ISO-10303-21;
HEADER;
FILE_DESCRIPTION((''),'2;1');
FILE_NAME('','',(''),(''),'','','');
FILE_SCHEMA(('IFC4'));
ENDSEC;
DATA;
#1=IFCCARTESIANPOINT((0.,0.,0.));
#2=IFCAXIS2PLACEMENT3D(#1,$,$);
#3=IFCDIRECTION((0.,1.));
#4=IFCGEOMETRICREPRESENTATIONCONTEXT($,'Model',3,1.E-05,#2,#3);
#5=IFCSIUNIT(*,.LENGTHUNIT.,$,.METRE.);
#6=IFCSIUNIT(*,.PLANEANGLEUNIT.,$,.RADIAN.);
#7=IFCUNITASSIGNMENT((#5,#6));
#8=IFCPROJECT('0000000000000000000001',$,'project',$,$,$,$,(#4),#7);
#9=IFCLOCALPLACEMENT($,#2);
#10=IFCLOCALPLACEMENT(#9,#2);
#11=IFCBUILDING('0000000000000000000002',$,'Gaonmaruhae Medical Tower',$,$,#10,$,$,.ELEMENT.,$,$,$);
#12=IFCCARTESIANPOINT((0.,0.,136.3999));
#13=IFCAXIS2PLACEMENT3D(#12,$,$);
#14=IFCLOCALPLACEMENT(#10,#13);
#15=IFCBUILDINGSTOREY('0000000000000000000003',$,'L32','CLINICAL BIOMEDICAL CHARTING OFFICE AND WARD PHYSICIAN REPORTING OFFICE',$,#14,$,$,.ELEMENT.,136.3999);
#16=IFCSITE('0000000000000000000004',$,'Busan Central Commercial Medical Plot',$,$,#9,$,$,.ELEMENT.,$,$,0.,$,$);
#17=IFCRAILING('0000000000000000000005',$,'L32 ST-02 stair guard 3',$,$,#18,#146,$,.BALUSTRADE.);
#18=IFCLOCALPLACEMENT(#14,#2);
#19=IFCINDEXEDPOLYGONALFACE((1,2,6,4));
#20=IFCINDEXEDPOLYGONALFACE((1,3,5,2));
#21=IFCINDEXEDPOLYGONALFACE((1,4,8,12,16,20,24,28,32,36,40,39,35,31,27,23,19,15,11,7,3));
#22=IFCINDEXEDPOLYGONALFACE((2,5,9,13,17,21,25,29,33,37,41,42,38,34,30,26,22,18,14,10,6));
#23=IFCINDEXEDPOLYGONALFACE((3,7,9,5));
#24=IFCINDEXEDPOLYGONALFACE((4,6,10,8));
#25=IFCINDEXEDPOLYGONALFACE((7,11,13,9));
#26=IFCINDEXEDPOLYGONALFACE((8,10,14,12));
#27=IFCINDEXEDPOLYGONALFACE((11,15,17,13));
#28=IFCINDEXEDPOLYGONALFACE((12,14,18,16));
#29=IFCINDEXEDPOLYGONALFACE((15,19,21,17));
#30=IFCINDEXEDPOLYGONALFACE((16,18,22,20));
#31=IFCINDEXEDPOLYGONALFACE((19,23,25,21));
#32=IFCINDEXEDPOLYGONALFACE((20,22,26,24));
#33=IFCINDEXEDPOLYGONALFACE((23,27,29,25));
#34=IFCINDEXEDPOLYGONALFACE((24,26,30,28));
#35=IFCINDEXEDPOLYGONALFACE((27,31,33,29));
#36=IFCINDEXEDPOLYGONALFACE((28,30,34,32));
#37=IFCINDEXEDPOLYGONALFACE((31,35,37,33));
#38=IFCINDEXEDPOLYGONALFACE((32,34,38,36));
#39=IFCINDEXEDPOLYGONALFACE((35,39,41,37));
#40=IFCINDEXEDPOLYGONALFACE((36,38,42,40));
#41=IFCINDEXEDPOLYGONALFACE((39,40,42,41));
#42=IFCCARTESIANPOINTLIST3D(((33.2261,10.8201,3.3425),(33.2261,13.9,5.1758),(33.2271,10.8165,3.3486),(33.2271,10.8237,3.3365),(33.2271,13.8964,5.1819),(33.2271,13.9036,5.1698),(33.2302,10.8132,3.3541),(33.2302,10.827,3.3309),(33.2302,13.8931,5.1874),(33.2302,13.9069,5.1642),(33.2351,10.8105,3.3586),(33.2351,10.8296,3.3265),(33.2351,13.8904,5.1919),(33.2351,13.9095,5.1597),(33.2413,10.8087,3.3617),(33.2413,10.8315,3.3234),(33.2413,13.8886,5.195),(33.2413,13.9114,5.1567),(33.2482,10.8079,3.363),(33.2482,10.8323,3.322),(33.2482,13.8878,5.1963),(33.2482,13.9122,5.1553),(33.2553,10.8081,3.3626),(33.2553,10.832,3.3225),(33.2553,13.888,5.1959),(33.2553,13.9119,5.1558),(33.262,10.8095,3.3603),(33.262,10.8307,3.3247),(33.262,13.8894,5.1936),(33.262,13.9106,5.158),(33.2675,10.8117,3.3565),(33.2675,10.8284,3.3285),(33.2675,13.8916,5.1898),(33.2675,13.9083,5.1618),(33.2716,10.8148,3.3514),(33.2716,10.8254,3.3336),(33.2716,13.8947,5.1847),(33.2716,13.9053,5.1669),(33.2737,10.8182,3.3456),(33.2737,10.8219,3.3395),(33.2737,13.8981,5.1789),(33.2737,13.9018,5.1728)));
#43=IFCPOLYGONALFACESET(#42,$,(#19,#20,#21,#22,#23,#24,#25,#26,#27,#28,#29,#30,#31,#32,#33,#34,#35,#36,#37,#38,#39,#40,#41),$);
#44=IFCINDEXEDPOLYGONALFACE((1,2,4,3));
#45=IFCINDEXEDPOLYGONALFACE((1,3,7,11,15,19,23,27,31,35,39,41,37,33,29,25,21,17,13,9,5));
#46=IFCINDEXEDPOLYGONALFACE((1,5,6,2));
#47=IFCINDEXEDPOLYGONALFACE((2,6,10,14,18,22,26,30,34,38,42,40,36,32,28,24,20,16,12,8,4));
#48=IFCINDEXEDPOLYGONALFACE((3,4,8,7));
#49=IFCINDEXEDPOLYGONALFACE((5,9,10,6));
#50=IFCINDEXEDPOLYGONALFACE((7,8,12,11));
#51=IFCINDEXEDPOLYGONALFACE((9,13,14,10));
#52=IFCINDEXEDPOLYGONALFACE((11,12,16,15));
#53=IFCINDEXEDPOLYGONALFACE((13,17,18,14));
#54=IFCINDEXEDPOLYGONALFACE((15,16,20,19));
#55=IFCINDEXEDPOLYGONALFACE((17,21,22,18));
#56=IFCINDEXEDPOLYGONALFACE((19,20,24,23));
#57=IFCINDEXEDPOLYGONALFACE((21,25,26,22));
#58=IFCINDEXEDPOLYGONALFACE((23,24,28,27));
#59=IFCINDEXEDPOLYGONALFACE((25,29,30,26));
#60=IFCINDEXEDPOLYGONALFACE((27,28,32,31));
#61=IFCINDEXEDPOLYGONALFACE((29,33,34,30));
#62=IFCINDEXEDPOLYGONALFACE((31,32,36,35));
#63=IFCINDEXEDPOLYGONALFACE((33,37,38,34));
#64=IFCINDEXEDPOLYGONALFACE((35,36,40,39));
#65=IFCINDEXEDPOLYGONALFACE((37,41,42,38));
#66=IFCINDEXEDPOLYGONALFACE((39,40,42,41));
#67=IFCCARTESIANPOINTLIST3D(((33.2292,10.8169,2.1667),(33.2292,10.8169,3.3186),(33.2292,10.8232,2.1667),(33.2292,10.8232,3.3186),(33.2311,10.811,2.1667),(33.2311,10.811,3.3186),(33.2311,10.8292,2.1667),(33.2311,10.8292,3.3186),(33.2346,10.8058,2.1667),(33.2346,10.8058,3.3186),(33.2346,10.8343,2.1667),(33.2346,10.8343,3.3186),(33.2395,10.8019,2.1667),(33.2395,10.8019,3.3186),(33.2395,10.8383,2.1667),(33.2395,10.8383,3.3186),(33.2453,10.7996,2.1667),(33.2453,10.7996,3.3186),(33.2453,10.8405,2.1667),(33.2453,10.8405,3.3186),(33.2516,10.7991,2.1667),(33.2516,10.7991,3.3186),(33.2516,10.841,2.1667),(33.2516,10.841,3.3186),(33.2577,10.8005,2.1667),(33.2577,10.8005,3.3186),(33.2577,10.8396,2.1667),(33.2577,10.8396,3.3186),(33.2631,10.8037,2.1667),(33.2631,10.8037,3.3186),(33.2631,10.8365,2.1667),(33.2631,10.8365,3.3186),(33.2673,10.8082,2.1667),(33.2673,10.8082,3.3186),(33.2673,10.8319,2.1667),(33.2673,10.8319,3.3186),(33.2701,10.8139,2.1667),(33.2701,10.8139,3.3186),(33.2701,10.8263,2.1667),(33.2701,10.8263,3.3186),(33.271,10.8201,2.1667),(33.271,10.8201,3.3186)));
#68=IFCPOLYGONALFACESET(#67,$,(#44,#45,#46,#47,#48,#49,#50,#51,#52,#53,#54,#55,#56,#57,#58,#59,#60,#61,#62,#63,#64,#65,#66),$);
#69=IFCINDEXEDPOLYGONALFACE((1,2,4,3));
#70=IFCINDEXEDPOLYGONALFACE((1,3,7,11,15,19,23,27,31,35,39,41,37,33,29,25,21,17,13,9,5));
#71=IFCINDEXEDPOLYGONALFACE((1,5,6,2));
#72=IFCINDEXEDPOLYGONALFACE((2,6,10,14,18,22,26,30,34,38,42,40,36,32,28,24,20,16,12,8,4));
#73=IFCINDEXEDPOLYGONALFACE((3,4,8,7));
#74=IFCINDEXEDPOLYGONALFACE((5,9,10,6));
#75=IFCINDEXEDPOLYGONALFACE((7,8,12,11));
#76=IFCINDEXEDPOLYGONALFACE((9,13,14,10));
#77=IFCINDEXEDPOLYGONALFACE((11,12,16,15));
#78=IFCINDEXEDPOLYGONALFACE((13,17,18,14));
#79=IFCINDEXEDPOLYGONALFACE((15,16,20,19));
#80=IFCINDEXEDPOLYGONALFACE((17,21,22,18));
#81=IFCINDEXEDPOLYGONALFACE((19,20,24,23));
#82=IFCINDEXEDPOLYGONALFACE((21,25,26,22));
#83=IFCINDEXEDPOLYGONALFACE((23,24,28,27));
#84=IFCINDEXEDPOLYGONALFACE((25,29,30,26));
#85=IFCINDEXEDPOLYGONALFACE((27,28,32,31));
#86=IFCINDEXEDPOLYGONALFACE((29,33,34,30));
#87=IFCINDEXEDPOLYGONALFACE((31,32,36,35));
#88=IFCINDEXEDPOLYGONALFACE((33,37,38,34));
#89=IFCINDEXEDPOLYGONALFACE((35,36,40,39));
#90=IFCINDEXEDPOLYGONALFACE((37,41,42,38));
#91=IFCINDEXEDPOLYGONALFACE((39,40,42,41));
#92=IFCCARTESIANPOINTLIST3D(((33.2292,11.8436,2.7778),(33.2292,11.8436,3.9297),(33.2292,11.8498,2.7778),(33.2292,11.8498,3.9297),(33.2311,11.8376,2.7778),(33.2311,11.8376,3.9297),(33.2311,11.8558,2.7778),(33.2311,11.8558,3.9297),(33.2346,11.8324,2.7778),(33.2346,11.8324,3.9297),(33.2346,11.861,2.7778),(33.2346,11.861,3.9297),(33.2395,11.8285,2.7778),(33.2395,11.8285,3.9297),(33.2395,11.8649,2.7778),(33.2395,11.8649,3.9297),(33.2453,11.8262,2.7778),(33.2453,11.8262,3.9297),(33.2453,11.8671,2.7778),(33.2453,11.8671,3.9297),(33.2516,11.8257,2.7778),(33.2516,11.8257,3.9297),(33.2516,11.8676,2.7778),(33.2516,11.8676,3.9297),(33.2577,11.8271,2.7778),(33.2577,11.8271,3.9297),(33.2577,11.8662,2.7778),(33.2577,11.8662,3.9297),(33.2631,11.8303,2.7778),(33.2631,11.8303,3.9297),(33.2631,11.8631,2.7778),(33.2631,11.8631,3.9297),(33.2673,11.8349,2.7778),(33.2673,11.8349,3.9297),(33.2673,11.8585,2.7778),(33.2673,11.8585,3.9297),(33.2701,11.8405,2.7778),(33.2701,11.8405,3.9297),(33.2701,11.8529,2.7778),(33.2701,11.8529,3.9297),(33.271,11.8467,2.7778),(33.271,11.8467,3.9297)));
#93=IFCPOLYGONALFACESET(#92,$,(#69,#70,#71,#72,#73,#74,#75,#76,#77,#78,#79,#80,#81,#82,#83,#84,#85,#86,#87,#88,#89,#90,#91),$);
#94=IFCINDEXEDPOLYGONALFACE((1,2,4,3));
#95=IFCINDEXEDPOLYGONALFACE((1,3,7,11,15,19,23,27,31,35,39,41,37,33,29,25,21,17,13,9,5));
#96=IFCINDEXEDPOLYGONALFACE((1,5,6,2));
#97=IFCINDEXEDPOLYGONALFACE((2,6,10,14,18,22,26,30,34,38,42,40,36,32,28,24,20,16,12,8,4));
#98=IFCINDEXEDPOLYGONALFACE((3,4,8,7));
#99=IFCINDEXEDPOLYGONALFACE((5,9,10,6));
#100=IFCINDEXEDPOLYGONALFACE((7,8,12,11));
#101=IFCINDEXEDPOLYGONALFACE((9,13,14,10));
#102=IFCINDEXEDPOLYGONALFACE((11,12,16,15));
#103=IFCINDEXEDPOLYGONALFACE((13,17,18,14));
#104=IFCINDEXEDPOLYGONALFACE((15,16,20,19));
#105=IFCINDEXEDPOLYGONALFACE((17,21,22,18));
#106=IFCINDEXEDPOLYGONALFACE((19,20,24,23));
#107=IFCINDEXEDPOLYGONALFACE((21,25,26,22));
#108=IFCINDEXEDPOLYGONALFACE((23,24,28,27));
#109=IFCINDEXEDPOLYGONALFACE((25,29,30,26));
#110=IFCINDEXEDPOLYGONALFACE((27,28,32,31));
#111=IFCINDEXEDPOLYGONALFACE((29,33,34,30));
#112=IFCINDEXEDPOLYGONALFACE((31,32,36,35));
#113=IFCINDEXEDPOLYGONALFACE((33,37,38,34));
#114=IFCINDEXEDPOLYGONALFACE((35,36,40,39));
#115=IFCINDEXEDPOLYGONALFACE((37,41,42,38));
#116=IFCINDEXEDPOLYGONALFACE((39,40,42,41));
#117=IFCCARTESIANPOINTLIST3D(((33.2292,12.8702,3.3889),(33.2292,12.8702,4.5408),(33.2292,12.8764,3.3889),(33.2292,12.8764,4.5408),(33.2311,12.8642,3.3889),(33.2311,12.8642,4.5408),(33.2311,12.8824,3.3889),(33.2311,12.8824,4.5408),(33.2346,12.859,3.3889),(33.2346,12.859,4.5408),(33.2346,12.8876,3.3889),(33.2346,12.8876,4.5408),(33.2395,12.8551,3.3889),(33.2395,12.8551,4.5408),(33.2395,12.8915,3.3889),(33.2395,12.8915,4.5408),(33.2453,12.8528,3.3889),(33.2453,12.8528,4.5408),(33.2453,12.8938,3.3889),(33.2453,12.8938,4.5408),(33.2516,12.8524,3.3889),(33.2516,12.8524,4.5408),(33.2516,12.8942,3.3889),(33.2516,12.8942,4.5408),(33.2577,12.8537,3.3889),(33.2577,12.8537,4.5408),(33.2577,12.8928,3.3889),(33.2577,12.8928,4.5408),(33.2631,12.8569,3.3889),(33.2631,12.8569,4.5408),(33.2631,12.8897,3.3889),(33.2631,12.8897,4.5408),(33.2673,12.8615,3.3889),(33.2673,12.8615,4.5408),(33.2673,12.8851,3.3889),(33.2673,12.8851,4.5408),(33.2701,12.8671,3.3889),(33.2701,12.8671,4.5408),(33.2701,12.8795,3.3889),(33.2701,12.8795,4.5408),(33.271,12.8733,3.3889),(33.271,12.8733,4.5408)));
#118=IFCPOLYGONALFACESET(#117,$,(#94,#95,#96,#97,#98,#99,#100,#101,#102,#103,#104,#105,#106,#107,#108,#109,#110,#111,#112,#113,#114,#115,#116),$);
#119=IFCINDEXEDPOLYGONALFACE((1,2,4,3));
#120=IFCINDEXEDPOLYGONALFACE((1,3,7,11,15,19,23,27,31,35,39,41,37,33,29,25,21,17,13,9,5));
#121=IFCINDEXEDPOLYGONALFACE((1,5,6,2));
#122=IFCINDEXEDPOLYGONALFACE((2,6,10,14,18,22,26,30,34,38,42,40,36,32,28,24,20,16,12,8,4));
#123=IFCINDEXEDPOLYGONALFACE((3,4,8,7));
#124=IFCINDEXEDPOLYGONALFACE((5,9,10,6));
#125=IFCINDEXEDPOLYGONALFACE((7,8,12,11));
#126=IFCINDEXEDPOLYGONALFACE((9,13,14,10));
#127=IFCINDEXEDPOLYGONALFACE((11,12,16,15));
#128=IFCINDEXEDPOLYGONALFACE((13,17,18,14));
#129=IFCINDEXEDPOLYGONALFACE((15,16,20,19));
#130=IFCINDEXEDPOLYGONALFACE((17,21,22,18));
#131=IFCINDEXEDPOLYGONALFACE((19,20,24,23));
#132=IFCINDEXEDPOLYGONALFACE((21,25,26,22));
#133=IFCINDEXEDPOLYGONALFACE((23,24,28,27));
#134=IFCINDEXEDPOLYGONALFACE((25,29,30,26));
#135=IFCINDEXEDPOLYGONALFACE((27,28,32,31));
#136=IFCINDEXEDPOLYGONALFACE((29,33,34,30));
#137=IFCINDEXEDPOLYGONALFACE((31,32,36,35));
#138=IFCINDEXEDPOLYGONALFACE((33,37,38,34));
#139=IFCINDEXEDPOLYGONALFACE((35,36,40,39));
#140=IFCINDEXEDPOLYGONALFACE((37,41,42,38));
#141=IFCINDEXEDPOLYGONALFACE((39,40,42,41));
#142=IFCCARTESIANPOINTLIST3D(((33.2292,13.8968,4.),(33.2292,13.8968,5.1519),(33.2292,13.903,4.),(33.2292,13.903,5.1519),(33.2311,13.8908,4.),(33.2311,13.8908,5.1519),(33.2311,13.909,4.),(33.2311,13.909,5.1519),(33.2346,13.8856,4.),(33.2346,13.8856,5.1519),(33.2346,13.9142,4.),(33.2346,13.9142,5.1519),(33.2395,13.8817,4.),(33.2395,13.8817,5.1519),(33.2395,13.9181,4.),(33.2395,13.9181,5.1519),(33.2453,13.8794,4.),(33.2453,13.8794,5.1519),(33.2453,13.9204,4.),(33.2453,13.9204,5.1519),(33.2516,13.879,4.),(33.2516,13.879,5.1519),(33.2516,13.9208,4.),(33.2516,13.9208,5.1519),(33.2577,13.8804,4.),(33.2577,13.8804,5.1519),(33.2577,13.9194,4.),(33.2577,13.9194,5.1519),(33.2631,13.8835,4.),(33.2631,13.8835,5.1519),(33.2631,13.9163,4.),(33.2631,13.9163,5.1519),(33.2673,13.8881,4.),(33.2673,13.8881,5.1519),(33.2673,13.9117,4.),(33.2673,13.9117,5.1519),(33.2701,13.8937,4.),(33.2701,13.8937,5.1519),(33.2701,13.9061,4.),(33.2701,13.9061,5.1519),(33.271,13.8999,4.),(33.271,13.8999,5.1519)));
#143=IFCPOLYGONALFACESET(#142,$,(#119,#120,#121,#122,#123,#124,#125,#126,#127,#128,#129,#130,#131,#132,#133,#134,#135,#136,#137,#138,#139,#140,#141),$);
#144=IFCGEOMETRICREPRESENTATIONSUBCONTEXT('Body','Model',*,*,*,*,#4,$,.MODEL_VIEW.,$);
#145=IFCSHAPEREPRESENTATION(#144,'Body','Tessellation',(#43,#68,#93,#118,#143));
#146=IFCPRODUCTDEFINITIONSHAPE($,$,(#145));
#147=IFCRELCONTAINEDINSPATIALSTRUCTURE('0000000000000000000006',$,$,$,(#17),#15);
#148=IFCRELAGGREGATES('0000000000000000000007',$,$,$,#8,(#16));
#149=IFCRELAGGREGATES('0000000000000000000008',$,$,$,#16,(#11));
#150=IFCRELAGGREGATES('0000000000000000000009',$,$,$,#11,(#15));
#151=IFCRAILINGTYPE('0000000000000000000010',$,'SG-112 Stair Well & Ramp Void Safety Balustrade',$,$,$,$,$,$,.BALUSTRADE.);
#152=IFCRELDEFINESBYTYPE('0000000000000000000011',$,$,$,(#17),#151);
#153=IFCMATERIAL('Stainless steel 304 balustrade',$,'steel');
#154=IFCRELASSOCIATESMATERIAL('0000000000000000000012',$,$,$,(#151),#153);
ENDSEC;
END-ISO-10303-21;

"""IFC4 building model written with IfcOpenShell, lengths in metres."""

from ifc_helpers import new_model, si_unit, direction, frame, origin, origin_2d, place, context, subcontext, project, spatial, circle, extrude, material, type_object, element, save


model = new_model("IFC4")

# Units and contexts
model_context = context("Model", 3, precision=1e-05, world=origin(), true_north=direction((0.0, 1.0)))
body_context = subcontext(model_context, "Body", "Model", "MODEL_VIEW")
ifc_project = project(units=[si_unit("LENGTHUNIT", "METRE"), si_unit("PLANEANGLEUNIT", "RADIAN")], contexts=[model_context])

# Site, building, storey
site_placement = place(None, origin())
site = spatial("IfcSite", under=ifc_project, at=site_placement, Name="Busan Central Commercial Medical Plot", CompositionType="ELEMENT", RefElevation=0.0)
building_placement = place(site_placement, origin())
building = spatial("IfcBuilding", under=site, at=building_placement, Name="Gaonmaruhae Medical Tower", CompositionType="ELEMENT")
storey_placement = place(building_placement, frame((0.0, 0.0, 136.3999)))
storey = spatial("IfcBuildingStorey", under=building, at=storey_placement, Name="L32", Description="CLINICAL BIOMEDICAL CHARTING OFFICE AND WARD PHYSICIAN REPORTING OFFICE", CompositionType="ELEMENT", Elevation=136.3999)

# Railing
ifc_material_1 = material(Name="Stainless steel 304 balustrade", Category="steel")
railing_type_1 = type_object("IfcRailingType", Name="SG-112 Stair Well & Ramp Void Safety Balustrade", PredefinedType="BALUSTRADE", material=ifc_material_1)
railing_1_placement = place(storey_placement, frame((33.25, 10.8201, 2.1667)))
element("IfcRailing", 1, at=railing_1_placement, inside=storey, type_object=railing_type_1, Name="L32 ST-02 stair guard 3", PredefinedType="BALUSTRADE", context=body_context, shape_type="SweptSolid", body=[
    extrude(circle(Radius=0.0239, at=origin_2d()), frame((0.0, 0.0, 1.1758), z_axis=(0.0, 0.859291, 0.511487), x_axis=(-1.0, 0.0, 0.0)), (0.0, 0.0, 1.0), 3.5842),
    extrude(circle(Radius=0.021, at=origin_2d()), origin(), (0.0, 0.0, 1.0), 1.1519),
    extrude(circle(Radius=0.021, at=origin_2d()), frame((0.0, 1.0266, 0.6111)), (0.0, 0.0, 1.0), 1.1519),
    extrude(circle(Radius=0.021, at=origin_2d()), frame((0.0, 2.0532, 1.2222)), (0.0, 0.0, 1.0), 1.1519),
    extrude(circle(Radius=0.021, at=origin_2d()), frame((0.0, 3.0798, 1.8333)), (0.0, 0.0, 1.0), 1.1519),
])

save(model, "model.ifc")
